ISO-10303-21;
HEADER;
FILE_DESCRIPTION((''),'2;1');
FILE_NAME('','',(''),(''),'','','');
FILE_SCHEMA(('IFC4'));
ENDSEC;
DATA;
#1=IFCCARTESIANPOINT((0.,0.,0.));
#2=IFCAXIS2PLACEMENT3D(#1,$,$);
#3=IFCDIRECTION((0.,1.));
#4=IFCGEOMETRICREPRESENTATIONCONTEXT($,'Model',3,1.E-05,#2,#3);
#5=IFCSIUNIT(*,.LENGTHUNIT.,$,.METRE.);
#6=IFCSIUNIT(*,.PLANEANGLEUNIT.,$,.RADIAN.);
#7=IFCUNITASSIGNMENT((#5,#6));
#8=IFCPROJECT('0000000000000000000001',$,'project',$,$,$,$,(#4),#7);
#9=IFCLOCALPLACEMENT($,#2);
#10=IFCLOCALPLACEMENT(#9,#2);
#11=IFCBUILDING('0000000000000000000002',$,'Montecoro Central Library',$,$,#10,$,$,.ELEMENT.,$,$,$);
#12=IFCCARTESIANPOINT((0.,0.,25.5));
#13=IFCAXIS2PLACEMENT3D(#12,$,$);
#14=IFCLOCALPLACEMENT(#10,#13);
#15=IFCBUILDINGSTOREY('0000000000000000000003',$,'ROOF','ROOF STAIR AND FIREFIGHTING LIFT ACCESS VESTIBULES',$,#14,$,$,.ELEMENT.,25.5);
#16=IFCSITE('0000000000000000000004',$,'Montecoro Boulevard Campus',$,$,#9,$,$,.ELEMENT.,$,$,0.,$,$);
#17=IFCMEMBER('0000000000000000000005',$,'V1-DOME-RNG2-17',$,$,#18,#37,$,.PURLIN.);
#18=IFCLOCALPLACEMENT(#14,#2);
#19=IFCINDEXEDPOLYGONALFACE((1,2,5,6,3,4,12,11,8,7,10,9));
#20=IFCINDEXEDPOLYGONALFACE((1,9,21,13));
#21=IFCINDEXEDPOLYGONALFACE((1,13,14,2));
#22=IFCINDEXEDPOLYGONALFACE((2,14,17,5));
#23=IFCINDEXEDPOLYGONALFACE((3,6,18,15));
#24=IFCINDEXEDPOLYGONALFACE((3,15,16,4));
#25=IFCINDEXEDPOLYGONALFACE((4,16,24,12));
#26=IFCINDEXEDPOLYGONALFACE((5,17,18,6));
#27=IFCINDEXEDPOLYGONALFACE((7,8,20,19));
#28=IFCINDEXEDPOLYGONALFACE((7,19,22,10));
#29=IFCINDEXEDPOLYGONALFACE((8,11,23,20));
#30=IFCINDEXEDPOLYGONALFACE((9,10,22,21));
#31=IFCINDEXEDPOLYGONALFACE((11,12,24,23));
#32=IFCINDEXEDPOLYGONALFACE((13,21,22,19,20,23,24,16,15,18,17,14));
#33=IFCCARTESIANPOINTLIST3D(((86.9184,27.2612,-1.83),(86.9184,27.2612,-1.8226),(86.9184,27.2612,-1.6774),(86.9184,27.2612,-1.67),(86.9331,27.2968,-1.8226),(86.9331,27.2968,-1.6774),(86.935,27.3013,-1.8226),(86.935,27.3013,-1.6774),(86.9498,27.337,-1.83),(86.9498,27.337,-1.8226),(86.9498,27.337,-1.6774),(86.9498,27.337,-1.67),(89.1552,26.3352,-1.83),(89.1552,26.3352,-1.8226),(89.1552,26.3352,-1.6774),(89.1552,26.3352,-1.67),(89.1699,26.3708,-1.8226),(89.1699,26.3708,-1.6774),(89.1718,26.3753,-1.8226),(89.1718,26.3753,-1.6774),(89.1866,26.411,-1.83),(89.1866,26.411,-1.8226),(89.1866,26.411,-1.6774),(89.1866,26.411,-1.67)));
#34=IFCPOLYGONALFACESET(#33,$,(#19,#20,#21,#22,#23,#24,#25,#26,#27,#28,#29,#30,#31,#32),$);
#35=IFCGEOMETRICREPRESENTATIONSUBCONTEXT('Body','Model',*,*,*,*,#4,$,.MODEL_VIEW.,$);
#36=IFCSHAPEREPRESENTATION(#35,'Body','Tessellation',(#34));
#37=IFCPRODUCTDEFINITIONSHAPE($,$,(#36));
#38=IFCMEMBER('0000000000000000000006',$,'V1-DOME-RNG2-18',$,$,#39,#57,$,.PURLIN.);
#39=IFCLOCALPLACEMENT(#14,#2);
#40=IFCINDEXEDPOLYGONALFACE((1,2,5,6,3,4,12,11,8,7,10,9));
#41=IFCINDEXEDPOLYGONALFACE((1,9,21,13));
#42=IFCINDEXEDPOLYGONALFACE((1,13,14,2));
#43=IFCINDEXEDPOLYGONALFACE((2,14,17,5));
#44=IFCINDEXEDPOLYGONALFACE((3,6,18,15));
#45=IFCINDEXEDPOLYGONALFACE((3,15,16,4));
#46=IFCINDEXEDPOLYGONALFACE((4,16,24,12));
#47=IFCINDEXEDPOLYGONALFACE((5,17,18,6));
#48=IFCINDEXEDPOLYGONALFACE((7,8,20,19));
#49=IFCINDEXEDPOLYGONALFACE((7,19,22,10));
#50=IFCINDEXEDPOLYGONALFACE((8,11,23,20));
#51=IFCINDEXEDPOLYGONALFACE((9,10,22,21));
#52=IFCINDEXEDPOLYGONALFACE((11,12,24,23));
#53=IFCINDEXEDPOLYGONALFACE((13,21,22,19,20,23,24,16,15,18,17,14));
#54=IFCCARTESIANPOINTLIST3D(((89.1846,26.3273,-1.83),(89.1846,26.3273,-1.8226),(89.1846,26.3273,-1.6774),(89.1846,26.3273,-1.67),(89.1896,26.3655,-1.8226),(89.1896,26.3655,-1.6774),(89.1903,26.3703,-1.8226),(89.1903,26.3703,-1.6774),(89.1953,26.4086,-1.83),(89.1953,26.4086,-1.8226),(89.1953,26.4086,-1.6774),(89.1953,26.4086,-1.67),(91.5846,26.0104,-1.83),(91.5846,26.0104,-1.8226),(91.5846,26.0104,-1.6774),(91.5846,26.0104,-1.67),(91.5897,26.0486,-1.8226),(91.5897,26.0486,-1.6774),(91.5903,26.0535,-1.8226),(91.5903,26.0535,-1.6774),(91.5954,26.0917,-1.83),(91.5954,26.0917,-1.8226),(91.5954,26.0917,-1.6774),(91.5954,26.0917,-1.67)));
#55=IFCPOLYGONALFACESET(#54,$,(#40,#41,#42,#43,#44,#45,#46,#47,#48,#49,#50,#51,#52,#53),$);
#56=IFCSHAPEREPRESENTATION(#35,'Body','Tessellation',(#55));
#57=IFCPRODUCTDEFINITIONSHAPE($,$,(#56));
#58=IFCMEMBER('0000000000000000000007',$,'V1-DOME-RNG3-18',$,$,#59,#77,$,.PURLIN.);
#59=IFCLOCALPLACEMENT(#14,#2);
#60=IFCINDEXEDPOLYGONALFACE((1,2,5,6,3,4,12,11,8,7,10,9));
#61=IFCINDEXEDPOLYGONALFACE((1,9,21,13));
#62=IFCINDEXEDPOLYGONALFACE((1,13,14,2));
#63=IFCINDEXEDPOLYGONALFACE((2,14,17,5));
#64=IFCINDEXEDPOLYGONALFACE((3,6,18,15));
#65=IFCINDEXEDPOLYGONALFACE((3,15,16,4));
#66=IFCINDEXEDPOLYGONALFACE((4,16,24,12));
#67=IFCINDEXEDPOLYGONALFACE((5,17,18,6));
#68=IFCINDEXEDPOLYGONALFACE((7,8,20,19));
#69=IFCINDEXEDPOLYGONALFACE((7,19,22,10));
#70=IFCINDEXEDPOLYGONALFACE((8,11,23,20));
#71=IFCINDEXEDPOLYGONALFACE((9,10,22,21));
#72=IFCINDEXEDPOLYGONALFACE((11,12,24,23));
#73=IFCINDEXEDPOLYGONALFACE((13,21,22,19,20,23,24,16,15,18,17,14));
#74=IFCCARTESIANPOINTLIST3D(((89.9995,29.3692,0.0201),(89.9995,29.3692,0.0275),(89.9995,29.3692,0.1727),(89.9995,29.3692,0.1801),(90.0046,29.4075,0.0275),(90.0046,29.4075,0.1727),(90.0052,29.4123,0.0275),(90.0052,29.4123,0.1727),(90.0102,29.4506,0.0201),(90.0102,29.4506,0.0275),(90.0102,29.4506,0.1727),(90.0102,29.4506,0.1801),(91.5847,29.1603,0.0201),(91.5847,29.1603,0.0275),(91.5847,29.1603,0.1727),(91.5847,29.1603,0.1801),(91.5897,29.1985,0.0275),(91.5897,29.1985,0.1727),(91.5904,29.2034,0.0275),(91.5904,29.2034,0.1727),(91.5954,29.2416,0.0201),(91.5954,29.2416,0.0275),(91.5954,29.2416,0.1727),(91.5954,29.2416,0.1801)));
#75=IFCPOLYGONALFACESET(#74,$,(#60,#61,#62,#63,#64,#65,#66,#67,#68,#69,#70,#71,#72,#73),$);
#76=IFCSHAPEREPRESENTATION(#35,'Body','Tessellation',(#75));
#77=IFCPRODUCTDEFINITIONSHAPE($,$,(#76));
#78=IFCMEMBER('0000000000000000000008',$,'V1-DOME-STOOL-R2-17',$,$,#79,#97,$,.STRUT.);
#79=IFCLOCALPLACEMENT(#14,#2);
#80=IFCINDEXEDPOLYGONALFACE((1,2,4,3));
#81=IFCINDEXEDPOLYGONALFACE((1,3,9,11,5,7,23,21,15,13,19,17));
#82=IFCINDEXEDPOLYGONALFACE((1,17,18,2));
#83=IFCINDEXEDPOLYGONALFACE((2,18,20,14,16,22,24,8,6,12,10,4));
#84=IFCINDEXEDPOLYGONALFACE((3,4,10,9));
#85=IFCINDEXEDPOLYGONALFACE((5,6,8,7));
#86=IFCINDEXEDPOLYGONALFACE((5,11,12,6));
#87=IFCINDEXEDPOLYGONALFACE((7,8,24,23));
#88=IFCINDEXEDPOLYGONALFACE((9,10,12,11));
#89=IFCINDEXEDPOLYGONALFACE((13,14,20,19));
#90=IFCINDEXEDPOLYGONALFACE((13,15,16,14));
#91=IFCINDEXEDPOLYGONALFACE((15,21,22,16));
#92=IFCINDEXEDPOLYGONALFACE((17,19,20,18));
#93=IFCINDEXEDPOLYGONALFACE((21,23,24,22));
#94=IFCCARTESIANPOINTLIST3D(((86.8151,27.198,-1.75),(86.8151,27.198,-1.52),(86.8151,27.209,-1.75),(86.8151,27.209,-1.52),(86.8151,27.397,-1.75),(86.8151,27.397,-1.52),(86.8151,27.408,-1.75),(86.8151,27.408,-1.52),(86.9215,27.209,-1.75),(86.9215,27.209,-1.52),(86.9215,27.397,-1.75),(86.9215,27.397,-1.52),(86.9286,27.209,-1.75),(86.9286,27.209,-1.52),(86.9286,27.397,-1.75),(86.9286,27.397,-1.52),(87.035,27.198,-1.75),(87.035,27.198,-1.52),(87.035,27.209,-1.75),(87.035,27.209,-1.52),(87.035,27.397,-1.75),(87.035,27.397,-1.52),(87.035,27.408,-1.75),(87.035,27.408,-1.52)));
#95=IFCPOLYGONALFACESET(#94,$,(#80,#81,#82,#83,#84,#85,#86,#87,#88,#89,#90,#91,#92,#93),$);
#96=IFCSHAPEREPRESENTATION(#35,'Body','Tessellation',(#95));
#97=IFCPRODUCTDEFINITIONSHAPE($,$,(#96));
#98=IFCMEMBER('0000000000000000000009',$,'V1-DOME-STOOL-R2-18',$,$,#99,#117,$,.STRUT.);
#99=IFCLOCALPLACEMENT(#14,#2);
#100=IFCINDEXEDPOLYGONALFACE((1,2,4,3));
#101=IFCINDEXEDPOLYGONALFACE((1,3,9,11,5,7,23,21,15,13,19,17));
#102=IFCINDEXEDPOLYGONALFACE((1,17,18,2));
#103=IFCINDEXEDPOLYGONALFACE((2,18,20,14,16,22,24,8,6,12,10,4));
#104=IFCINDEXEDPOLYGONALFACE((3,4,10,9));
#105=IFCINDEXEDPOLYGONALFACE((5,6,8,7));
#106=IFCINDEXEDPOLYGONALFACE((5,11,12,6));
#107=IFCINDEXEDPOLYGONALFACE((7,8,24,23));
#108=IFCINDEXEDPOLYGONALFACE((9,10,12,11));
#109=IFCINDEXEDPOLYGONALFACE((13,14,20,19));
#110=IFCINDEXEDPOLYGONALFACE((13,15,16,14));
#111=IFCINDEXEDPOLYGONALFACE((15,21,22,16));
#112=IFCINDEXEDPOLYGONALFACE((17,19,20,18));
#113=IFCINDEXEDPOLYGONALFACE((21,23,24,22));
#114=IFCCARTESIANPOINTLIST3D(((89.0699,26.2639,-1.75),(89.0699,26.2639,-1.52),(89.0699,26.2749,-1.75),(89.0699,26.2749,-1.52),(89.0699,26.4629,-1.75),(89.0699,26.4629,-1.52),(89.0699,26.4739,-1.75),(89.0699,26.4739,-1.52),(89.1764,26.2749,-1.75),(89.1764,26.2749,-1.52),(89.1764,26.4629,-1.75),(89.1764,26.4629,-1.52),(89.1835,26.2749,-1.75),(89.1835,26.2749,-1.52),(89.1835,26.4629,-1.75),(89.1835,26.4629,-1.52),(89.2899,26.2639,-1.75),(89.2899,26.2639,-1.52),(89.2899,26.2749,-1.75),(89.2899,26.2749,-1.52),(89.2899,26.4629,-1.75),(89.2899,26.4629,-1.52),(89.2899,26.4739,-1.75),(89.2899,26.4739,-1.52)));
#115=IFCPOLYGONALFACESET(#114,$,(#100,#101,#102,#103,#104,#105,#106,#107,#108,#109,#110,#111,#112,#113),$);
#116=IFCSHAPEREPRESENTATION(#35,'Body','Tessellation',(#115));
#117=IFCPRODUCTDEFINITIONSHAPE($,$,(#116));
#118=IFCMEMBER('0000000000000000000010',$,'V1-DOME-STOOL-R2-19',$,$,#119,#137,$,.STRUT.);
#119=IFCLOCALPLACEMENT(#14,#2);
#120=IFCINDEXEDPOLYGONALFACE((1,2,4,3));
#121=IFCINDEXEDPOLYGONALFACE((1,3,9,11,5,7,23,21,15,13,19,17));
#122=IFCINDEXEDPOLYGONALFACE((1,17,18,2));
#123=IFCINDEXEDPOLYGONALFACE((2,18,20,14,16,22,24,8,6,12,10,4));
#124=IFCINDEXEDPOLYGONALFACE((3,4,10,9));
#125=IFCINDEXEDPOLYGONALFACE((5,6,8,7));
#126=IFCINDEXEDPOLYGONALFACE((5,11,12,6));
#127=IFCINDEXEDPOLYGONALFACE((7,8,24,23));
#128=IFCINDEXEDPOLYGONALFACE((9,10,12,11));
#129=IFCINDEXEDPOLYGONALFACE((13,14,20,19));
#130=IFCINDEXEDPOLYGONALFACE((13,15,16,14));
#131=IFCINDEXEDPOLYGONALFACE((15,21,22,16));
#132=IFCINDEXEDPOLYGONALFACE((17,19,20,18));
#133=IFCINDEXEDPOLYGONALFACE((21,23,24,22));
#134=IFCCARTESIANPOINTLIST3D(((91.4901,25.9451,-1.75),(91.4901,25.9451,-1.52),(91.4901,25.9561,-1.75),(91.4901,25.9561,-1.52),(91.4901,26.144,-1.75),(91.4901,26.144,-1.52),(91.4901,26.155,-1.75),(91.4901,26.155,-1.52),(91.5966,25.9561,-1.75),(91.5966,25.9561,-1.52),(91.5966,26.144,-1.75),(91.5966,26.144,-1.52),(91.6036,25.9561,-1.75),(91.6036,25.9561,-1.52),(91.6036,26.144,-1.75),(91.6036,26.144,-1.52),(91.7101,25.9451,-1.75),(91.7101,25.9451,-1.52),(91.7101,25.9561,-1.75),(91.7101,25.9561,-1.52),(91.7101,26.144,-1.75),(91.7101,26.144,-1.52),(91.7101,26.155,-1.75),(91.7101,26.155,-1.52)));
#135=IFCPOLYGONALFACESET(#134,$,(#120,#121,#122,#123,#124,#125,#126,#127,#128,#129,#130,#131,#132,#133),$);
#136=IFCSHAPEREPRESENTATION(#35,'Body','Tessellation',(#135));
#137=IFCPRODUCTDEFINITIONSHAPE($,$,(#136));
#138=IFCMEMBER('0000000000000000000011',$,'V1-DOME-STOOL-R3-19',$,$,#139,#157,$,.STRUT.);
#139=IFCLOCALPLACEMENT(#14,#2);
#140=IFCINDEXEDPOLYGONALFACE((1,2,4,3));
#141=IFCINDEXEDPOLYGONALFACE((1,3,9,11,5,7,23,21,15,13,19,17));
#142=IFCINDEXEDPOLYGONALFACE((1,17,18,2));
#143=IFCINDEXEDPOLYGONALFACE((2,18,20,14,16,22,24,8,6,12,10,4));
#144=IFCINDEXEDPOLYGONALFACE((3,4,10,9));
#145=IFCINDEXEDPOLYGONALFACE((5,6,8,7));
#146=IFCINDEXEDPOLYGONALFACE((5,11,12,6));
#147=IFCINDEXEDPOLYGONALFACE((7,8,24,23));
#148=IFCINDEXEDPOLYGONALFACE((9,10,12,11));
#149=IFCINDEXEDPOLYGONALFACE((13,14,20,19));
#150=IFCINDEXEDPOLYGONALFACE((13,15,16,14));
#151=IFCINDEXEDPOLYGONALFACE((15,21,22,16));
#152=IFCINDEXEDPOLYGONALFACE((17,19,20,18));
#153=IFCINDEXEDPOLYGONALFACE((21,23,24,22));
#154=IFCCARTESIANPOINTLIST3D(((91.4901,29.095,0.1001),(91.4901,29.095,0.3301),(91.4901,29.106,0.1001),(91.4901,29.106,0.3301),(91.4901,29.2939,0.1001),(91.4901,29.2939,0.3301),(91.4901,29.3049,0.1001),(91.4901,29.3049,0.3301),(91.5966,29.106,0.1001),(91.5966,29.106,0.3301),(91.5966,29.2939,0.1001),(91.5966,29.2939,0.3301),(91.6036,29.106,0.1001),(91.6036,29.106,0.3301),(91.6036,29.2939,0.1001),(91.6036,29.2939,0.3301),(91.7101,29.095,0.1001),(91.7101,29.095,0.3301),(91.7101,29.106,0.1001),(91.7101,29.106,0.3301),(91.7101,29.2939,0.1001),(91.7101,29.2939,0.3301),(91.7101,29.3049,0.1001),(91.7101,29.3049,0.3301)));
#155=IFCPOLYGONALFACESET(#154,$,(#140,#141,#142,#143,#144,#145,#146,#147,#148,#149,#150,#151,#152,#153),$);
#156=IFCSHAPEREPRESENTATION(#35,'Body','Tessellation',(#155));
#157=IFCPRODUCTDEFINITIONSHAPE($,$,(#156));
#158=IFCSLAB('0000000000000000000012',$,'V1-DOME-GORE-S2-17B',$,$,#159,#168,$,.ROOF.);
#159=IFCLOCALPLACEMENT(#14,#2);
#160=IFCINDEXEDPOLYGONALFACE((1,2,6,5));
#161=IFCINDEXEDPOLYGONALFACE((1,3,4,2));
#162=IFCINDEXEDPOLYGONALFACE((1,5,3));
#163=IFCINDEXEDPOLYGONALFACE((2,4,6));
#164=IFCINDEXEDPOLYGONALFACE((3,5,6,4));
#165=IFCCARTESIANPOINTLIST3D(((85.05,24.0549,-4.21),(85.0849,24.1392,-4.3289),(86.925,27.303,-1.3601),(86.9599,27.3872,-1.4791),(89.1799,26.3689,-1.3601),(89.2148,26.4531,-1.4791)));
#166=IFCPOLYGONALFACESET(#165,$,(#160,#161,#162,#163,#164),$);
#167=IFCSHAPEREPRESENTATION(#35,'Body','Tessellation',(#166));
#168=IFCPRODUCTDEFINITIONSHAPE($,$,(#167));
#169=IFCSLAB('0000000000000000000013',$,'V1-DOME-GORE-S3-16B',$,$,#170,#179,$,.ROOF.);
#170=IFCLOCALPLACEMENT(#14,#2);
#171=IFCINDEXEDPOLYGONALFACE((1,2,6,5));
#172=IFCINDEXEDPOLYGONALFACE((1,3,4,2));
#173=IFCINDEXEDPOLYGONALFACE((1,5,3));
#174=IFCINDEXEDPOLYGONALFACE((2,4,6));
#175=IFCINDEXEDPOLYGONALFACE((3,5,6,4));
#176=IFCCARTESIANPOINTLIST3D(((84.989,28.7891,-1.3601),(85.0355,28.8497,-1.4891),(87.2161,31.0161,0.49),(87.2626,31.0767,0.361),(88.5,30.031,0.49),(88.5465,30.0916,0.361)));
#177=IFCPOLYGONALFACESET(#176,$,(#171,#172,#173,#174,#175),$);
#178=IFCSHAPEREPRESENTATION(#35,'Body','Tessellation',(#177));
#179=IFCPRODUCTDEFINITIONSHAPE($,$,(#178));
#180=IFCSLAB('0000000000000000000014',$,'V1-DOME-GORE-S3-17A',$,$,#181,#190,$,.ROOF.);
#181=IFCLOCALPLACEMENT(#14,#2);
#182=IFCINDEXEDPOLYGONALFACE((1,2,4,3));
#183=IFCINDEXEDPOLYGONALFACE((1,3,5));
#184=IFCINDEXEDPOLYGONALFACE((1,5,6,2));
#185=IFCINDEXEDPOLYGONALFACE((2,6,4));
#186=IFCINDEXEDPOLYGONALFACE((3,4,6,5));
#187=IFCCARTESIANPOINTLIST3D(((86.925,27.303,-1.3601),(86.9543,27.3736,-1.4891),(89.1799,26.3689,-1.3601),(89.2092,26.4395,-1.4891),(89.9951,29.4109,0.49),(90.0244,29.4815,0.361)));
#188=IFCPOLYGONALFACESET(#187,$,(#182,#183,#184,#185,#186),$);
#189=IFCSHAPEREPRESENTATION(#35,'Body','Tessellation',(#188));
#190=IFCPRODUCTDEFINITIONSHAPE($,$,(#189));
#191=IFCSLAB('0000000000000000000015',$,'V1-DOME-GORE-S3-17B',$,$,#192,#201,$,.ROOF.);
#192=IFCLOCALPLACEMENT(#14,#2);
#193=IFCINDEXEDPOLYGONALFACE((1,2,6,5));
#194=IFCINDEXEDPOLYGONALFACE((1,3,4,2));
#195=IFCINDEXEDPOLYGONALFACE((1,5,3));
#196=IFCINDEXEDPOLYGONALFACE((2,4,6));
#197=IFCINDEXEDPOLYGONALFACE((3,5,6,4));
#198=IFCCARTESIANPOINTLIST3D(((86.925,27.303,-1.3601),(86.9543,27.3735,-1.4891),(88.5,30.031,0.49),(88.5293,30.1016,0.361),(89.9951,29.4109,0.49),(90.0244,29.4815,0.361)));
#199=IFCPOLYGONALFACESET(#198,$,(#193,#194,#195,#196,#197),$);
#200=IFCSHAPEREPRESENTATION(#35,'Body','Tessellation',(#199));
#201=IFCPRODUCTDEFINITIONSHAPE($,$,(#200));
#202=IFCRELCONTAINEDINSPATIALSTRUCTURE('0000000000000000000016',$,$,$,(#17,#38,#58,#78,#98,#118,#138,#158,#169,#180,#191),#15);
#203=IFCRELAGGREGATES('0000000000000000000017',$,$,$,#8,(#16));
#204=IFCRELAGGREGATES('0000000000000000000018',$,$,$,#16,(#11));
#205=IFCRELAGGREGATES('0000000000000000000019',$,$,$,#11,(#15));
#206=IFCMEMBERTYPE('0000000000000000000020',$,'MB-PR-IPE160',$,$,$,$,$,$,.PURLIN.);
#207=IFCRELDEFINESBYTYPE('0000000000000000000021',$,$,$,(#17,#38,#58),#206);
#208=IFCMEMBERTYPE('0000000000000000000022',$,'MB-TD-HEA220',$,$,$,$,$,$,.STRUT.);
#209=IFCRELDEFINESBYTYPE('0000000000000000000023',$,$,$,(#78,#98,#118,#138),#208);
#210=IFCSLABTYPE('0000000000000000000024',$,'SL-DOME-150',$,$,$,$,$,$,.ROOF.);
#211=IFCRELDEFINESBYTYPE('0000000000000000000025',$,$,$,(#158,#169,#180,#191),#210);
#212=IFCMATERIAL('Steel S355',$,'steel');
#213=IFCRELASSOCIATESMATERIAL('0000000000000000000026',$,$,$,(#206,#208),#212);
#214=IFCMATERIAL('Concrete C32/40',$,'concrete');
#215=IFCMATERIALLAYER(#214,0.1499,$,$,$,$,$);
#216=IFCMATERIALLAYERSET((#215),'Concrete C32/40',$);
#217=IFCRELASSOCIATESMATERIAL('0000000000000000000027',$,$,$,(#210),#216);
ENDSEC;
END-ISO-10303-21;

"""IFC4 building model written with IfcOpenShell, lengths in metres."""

from ifc_helpers import new_model, si_unit, direction, frame, origin, origin_2d, place, context, subcontext, project, spatial, polyline, i_section, outline, extrude, material, layer, layer_set, material_profile, profile_set, type_object, element, save


model = new_model("IFC4")

# Units and contexts
model_context = context("Model", 3, precision=1e-05, world=origin(), true_north=direction((0.0, 1.0)))
body_context = subcontext(model_context, "Body", "Model", "MODEL_VIEW")
ifc_project = project(units=[si_unit("LENGTHUNIT", "METRE"), si_unit("PLANEANGLEUNIT", "RADIAN")], contexts=[model_context])

# Site, building, storey
site_placement = place(None, origin())
site = spatial("IfcSite", under=ifc_project, at=site_placement, Name="Montecoro Boulevard Campus", CompositionType="ELEMENT", RefElevation=0.0)
building_placement = place(site_placement, origin())
building = spatial("IfcBuilding", under=site, at=building_placement, Name="Montecoro Central Library", CompositionType="ELEMENT")
storey_placement = place(building_placement, frame((0.0, 0.0, 25.5)))
storey = spatial("IfcBuildingStorey", under=building, at=storey_placement, Name="ROOF", Description="ROOF STAIR AND FIREFIGHTING LIFT ACCESS VESTIBULES", CompositionType="ELEMENT", Elevation=25.5)

# Members
ifc_material_1 = material(Name="Steel S355", Category="steel")
ifc_material_profile_1 = material_profile(ifc_material_1, i_section(OverallWidth=0.082, OverallDepth=0.1599, WebThickness=0.0049, FlangeThickness=0.0073, at=origin_2d()), Name="IPE 160")
ifc_profile_set_1 = profile_set([ifc_material_profile_1], Name="Steel S355")
member_type_1 = type_object("IfcMemberType", Name="MB-PR-IPE160", PredefinedType="PURLIN", material=ifc_profile_set_1)
for number, where, z_axis, x_axis, name in (
    (1, (86.9341, 27.2991, -1.75), (0.923952, -0.382509, 0.0), (0.382509, 0.923952, 0.0), "V1-DOME-RNG2-17"),
    (2, (89.1899, 26.3679, -1.75), (0.991396, -0.130895, 0.0), (0.130895, 0.991396, 0.0), "V1-DOME-RNG2-18"),
):
    element("IfcMember", number, at=place(storey_placement, frame(where, z_axis=z_axis, x_axis=x_axis)), inside=storey, type_object=member_type_1, Name=name, PredefinedType="PURLIN", context=body_context, shape_type="SweptSolid", body=[
        extrude(i_section(OverallWidth=0.082, OverallDepth=0.1599, WebThickness=0.0049, FlangeThickness=0.0073, at=origin_2d()), origin(), (0.0, 0.0, 1.0), 2.4209),
    ])
member_1_placement = place(storey_placement, frame((90.0049, 29.4099, 0.1001), z_axis=(0.991422, -0.130703, 0.0), x_axis=(0.130703, 0.991422, 0.0)))
element("IfcMember", 3, at=member_1_placement, inside=storey, type_object=member_type_1, Name="V1-DOME-RNG3-18", PredefinedType="PURLIN", context=body_context, shape_type="SweptSolid", body=[
    extrude(i_section(OverallWidth=0.082, OverallDepth=0.1599, WebThickness=0.0049, FlangeThickness=0.0073, at=origin_2d()), origin(), (0.0, 0.0, 1.0), 1.5989),
])
ifc_material_profile_2 = material_profile(ifc_material_1, i_section(OverallWidth=0.22, OverallDepth=0.21, WebThickness=0.0071, FlangeThickness=0.011, at=origin_2d()), Name="HEA 220")
ifc_profile_set_2 = profile_set([ifc_material_profile_2], Name="Steel S355")
member_type_2 = type_object("IfcMemberType", Name="MB-TD-HEA220", PredefinedType="STRUT", material=ifc_profile_set_2)
for number, where, z_axis, x_axis, name in (
    (4, (86.925, 27.303, -1.75), (0.0, 0.0, 1.0), (1.0, 0.0, 0.0), "V1-DOME-STOOL-R2-17"),
    (5, (89.1799, 26.3689, -1.75), (0.0, 0.0, 1.0), (1.0, 0.0, 0.0), "V1-DOME-STOOL-R2-18"),
    (6, (91.6001, 26.05, -1.75), (0.0, 0.0, 1.0), (1.0, 0.0, 0.0), "V1-DOME-STOOL-R2-19"),
    (7, (91.6001, 29.2, 0.1001), (0.0, 0.0, 1.0), (1.0, 0.0, 0.0), "V1-DOME-STOOL-R3-19"),
):
    element("IfcMember", number, at=place(storey_placement, frame(where, z_axis=z_axis, x_axis=x_axis)), inside=storey, type_object=member_type_2, Name=name, PredefinedType="STRUT", context=body_context, shape_type="SweptSolid", body=[
        extrude(i_section(OverallWidth=0.22, OverallDepth=0.21, WebThickness=0.0071, FlangeThickness=0.011, at=origin_2d()), origin(), (0.0, 0.0, 1.0), 0.23),
    ])

# Slabs
ifc_material_2 = material(Name="Concrete C32/40", Category="concrete")
ifc_layer = layer(ifc_material_2, 0.1499)
ifc_layer_set = layer_set([ifc_layer], Name="Concrete C32/40")
slab_type = type_object("IfcSlabType", Name="SL-DOME-150", PredefinedType="ROOF", material=ifc_layer_set)
slab_1_placement = place(storey_placement, frame((85.05, 24.0549, -4.21), z_axis=(-0.232808, -0.562001, 0.793697), x_axis=(0.747412, 0.418773, 0.515756)))
element("IfcSlab", 8, at=slab_1_placement, inside=storey, type_object=slab_type, Name="V1-DOME-GORE-S2-17B", PredefinedType="ROOF", context=body_context, shape_type="SweptSolid", body=[
    extrude(outline(polyline([(0.0, 0.0), (5.5256, 0.0), (4.2314, 2.0693), (0.0, 0.0)])), origin(), (0.0, 0.0, -1.0), 0.1499),
])
slab_2_placement = place(storey_placement, frame((84.989, 28.7891, -1.3601), z_axis=(-0.310292, -0.404417, 0.860329), x_axis=(0.844311, 0.298659, 0.444906)))
element("IfcSlab", 9, at=slab_2_placement, inside=storey, type_object=slab_type, Name="V1-DOME-GORE-S3-16B", PredefinedType="ROOF", context=body_context, shape_type="SweptSolid", body=[
    extrude(outline(polyline([(0.0, 0.0), (4.1584, 0.0), (3.3686, 1.4125), (0.0, 0.0)])), origin(), (0.0, 0.0, -1.0), 0.1499),
])
slab_3_placement = place(storey_placement, frame((86.925, 27.303, -1.3601), z_axis=(-0.195091, -0.470952, 0.860316), x_axis=(0.923868, -0.382711, 0.0)))
element("IfcSlab", 10, at=slab_3_placement, inside=storey, type_object=slab_type, Name="V1-DOME-GORE-S3-17A", PredefinedType="ROOF", context=body_context, shape_type="SweptSolid", body=[
    extrude(outline(polyline([(0.0, 0.0), (2.4407, 0.0), (2.0296, 3.6293), (0.0, 0.0)])), origin(), (0.0, 0.0, -1.0), 0.1499),
])
slab_4_placement = place(storey_placement, frame((86.925, 27.303, -1.3601), z_axis=(-0.195256, -0.470768, 0.860379), x_axis=(0.738299, 0.506916, 0.444917)))
element("IfcSlab", 11, at=slab_4_placement, inside=storey, type_object=slab_type, Name="V1-DOME-GORE-S3-17B", PredefinedType="ROOF", context=body_context, shape_type="SweptSolid", body=[
    extrude(outline(polyline([(0.0, 0.0), (4.1583, 0.0), (3.3688, 1.413), (0.0, 0.0)])), origin(), (0.0, 0.0, -1.0), 0.1499),
])

save(model, "model.ifc")
